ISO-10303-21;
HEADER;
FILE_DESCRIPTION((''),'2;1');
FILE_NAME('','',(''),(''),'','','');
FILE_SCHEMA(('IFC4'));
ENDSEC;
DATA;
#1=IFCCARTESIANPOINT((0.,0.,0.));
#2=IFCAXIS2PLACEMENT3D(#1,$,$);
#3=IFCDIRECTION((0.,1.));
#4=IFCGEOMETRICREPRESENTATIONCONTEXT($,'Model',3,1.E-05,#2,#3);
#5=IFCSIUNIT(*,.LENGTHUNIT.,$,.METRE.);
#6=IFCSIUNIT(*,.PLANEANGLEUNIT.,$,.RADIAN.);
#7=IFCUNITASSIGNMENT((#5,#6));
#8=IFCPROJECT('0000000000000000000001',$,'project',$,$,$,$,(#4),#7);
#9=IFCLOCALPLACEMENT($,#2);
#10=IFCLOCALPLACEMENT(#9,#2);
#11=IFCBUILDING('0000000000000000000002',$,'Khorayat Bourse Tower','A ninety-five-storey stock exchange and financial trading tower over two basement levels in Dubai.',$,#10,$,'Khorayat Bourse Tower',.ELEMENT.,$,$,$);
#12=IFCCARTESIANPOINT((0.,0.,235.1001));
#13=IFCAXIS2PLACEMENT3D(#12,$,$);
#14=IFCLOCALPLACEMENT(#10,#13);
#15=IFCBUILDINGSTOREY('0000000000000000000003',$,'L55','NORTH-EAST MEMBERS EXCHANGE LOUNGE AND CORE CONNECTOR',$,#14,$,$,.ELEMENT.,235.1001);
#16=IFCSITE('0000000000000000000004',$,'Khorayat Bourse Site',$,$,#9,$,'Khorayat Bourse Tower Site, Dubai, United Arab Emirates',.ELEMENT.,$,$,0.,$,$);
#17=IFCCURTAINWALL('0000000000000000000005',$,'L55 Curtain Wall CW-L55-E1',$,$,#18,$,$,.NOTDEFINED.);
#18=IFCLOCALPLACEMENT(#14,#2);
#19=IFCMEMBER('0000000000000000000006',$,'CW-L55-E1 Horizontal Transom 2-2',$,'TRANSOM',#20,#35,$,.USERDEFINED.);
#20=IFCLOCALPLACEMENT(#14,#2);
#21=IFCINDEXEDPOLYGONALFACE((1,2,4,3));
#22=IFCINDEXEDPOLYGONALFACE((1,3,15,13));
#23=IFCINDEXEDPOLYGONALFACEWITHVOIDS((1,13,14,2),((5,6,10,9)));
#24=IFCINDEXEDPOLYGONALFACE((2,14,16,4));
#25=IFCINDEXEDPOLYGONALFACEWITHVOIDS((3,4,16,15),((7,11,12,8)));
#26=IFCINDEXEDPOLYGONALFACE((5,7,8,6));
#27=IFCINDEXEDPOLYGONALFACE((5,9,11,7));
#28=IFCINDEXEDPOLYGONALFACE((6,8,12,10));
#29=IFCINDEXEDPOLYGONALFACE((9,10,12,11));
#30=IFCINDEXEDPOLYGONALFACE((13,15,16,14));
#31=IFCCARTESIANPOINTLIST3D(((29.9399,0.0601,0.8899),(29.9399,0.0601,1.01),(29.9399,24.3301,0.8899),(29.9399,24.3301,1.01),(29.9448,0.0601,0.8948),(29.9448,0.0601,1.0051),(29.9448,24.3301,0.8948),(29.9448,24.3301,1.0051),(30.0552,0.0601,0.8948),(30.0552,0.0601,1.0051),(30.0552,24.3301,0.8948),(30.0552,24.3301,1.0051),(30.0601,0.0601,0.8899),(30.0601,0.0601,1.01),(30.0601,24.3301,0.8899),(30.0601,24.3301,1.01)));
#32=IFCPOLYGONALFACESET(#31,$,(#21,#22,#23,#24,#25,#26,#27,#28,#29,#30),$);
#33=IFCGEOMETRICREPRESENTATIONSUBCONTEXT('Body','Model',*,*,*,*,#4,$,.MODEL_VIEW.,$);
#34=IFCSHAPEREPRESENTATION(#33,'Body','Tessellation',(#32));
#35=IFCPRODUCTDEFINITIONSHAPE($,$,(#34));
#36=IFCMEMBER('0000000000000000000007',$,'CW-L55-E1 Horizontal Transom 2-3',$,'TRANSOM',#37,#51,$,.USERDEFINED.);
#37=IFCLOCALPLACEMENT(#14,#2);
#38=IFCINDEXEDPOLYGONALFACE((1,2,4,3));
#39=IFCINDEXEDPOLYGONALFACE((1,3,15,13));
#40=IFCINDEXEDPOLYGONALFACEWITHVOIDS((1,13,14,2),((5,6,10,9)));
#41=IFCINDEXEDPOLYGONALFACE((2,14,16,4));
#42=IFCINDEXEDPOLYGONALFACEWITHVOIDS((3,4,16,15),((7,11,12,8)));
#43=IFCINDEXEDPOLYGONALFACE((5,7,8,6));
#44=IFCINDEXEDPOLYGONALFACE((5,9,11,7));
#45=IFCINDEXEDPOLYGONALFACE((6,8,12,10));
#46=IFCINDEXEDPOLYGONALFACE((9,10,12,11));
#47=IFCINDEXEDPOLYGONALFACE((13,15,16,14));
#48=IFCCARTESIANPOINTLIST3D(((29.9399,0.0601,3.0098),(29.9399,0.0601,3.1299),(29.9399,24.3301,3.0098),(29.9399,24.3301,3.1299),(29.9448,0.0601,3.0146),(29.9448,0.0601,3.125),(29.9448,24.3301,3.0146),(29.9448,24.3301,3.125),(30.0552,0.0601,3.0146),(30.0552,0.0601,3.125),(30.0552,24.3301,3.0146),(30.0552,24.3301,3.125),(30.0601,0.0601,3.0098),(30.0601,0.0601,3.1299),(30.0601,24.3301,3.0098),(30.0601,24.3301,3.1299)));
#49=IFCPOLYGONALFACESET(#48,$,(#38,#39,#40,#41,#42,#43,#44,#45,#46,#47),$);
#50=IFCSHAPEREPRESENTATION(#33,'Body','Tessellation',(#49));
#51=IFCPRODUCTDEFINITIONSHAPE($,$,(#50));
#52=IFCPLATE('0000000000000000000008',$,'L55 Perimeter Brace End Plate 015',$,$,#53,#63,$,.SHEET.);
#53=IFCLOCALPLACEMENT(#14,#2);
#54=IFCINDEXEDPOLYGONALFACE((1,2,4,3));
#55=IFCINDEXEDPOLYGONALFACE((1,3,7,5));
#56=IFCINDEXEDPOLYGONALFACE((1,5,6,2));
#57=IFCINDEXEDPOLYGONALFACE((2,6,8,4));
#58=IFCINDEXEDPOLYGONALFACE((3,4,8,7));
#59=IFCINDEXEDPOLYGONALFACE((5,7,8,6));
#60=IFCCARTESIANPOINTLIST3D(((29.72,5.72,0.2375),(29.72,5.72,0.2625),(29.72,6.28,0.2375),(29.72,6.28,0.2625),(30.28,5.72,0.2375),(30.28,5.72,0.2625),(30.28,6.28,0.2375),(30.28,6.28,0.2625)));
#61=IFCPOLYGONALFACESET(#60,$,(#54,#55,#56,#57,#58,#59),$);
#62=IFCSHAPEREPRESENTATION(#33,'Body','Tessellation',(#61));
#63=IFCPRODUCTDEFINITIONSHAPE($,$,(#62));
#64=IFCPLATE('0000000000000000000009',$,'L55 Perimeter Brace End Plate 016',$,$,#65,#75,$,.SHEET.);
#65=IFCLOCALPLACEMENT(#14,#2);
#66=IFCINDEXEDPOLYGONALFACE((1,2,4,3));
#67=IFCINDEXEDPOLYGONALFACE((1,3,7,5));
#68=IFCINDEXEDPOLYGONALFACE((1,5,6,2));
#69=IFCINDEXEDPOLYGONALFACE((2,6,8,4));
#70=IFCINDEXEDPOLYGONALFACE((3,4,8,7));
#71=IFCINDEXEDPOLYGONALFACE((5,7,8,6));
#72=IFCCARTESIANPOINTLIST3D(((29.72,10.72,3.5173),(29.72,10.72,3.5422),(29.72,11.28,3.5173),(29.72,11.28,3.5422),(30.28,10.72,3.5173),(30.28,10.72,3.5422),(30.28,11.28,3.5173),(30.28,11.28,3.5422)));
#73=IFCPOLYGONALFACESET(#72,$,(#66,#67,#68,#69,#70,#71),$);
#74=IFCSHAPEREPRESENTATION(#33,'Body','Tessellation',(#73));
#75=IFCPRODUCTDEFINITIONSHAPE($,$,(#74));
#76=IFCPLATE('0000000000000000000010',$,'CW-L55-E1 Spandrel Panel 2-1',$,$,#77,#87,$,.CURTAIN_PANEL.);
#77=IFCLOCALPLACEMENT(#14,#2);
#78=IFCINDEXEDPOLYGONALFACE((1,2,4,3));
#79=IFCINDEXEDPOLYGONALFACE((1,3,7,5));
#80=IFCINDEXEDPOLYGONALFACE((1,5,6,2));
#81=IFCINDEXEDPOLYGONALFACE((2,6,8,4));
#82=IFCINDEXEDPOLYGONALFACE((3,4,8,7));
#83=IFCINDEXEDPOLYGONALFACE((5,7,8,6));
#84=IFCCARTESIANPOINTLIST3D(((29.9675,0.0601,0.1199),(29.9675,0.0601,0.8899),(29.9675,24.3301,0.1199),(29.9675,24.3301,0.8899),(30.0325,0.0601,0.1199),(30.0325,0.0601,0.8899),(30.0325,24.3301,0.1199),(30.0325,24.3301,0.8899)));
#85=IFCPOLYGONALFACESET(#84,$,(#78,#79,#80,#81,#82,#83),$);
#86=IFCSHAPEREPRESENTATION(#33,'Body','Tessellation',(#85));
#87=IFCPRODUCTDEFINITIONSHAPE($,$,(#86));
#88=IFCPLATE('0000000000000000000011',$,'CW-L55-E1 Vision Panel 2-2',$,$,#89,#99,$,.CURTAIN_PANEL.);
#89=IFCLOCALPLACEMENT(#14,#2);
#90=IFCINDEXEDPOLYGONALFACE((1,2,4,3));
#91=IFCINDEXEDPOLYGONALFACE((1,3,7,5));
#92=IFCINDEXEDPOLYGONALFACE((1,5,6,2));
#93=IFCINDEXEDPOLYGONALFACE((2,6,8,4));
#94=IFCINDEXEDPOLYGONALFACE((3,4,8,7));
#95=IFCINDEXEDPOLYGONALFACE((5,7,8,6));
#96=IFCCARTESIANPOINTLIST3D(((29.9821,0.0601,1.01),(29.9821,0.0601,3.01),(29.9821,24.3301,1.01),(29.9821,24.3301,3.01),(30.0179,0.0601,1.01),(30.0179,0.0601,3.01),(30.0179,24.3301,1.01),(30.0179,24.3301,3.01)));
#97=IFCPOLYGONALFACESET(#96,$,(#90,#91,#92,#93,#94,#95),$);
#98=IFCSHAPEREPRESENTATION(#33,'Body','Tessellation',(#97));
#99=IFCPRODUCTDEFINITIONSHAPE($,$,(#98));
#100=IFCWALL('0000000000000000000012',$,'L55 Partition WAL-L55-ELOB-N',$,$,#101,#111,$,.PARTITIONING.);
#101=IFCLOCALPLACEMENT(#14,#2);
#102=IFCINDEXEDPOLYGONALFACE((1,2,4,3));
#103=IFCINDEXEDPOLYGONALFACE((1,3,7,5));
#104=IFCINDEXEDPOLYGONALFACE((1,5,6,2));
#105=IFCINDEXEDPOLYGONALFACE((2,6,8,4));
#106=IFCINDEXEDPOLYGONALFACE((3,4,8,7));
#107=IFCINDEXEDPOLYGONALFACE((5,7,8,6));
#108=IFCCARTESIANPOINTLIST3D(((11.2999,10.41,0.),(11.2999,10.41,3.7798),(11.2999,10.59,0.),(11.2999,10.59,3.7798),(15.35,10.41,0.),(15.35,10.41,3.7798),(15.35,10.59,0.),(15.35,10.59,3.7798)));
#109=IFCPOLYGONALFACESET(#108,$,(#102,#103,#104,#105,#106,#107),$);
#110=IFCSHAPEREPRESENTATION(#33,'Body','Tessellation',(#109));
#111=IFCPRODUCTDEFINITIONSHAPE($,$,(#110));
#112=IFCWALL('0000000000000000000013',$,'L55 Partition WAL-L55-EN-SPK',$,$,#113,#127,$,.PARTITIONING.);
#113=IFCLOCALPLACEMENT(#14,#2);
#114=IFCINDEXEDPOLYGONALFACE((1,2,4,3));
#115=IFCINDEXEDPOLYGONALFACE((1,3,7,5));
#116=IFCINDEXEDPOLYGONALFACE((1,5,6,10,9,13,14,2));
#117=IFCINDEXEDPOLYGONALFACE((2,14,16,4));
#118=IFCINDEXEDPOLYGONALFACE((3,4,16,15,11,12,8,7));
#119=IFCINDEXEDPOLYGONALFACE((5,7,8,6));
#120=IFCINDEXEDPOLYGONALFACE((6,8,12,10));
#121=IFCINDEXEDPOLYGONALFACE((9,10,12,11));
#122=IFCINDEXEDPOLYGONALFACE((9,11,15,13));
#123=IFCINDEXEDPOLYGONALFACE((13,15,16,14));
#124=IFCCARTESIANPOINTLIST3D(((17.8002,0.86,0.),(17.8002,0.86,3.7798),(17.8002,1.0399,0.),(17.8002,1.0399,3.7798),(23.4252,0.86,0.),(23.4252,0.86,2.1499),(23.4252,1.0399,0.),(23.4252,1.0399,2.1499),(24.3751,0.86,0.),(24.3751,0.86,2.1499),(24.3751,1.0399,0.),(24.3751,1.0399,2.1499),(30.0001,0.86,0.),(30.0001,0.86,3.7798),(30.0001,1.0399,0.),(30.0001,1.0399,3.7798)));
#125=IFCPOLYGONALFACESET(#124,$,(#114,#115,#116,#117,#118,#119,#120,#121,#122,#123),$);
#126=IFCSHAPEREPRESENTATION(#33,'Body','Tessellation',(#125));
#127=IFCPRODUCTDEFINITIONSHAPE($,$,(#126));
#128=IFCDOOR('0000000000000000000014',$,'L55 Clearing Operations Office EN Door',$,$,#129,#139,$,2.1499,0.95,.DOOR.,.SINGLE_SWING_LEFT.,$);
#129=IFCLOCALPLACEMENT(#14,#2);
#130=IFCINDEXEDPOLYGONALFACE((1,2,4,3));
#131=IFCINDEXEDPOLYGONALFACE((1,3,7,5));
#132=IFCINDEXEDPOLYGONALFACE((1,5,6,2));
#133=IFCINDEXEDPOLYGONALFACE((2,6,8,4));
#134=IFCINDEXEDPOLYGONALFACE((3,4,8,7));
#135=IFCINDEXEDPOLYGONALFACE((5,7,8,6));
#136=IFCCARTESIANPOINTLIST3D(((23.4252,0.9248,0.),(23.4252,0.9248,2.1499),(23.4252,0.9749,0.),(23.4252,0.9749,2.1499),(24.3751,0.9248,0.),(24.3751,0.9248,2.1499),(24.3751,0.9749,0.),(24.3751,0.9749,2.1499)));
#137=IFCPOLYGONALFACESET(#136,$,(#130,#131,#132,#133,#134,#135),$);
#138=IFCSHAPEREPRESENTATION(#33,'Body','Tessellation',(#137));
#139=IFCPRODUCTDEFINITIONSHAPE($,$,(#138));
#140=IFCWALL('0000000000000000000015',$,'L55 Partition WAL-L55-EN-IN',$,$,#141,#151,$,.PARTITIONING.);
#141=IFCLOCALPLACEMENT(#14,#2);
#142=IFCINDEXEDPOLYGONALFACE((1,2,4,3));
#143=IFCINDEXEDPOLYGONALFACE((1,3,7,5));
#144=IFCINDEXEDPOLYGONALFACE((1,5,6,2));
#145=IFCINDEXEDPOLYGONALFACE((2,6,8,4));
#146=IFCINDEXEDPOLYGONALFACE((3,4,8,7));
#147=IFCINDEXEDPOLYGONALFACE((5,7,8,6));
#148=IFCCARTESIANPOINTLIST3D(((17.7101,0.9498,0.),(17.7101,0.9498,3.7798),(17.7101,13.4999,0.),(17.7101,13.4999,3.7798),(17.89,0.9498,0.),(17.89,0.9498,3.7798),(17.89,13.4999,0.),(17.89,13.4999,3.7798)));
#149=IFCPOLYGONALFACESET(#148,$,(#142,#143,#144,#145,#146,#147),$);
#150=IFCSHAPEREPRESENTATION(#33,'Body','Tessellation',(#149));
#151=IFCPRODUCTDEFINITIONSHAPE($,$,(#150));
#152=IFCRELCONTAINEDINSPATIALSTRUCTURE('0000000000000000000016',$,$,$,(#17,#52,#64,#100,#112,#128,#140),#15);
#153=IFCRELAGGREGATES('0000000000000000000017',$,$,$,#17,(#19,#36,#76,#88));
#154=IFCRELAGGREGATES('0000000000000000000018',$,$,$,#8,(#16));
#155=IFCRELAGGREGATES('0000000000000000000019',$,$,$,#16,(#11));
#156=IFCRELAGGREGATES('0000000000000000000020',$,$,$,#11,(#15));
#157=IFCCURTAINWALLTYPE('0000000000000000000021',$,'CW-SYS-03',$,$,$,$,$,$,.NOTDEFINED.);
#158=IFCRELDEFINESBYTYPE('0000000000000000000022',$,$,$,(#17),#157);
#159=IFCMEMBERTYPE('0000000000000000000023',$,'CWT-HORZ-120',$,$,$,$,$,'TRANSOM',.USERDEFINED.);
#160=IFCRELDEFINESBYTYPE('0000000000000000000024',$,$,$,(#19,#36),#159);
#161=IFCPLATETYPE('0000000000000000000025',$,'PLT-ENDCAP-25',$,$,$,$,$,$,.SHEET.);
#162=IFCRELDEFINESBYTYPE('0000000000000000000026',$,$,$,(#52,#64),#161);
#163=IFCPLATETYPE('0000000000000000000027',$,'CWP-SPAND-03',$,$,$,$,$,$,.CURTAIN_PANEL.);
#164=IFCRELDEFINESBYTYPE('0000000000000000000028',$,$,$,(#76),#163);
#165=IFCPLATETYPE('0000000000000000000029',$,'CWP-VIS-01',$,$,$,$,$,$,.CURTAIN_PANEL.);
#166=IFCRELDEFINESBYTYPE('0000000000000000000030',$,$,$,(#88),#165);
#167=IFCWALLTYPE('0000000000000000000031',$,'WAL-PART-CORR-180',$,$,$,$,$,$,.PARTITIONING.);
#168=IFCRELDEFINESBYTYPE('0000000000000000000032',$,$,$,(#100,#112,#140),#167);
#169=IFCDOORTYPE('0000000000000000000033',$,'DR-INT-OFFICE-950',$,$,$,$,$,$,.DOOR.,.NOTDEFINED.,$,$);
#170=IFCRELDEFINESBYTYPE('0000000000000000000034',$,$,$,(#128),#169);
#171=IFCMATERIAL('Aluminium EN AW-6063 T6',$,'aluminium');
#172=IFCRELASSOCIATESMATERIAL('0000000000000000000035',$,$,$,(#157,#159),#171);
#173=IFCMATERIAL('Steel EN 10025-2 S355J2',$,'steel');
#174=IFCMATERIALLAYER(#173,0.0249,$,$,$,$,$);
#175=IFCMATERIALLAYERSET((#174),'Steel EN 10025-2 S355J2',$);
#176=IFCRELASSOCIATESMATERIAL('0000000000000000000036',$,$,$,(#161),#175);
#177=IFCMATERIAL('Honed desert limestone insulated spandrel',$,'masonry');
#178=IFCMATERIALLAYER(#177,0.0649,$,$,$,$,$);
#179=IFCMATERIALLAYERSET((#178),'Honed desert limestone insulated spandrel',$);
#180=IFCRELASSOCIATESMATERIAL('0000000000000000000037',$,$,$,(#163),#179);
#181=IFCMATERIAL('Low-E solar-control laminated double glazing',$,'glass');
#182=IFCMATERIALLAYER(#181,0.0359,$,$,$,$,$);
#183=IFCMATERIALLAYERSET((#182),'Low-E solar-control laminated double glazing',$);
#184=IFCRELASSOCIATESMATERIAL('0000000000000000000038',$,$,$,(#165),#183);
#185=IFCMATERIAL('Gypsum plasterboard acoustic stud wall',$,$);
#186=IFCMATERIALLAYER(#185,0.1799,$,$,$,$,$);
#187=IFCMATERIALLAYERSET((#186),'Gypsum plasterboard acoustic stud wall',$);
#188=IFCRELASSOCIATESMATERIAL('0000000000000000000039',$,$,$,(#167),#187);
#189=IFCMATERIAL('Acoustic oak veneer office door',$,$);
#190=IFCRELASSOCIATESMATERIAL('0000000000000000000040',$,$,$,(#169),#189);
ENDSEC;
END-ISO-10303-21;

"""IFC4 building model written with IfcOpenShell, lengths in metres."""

from ifc_helpers import new_model, si_unit, direction, frame, frame_2d, origin, origin_2d, place, context, subcontext, project, spatial, rectangle, hollow_rectangle, extrude, source, transform, mapped, material, layer, layer_set, material_profile, profile_set, type_object, element, fill, aggregate, save


model = new_model("IFC4")

# Units and contexts
model_context = context("Model", 3, precision=1e-05, world=origin(), true_north=direction((0.0, 1.0)))
body_context = subcontext(model_context, "Body", "Model", "MODEL_VIEW")
ifc_project = project(units=[si_unit("LENGTHUNIT", "METRE"), si_unit("PLANEANGLEUNIT", "RADIAN")], contexts=[model_context])

# Site, building, storey
site_placement = place(None, origin())
site = spatial("IfcSite", under=ifc_project, at=site_placement, Name="Khorayat Bourse Site", LongName="Khorayat Bourse Tower Site, Dubai, United Arab Emirates", CompositionType="ELEMENT", RefElevation=0.0)
building_placement = place(site_placement, origin())
building = spatial("IfcBuilding", under=site, at=building_placement, Name="Khorayat Bourse Tower", Description="A ninety-five-storey stock exchange and financial trading tower over two basement levels in Dubai.", LongName="Khorayat Bourse Tower", CompositionType="ELEMENT")
storey_placement = place(building_placement, frame((0.0, 0.0, 235.1001)))
storey = spatial("IfcBuildingStorey", under=building, at=storey_placement, Name="L55", Description="NORTH-EAST MEMBERS EXCHANGE LOUNGE AND CORE CONNECTOR", CompositionType="ELEMENT", Elevation=235.1001)

# Curtain wall, members
ifc_material_1 = material(Name="Aluminium EN AW-6063 T6", Category="aluminium")
curtain_wall_type = type_object("IfcCurtainWallType", Name="CW-SYS-03", PredefinedType="NOTDEFINED", material=ifc_material_1)
curtain_wall_placement = place(storey_placement, origin())
curtain_wall = element("IfcCurtainWall", 1, at=curtain_wall_placement, inside=storey, type_object=curtain_wall_type, Name="L55 Curtain Wall CW-L55-E1", PredefinedType="NOTDEFINED")
ifc_material_profile_1 = material_profile(ifc_material_1, hollow_rectangle(XDim=0.1201, YDim=0.1201, WallThickness=0.0049, at=origin_2d()), Name="ALU 120x120x5")
ifc_profile_set_1 = profile_set([ifc_material_profile_1], Name="Aluminium EN AW-6063 T6")
member_type_1 = type_object("IfcMemberType", Name="CWT-HORZ-120", ElementType="TRANSOM", PredefinedType="USERDEFINED", material=ifc_profile_set_1)
shared_shape_1 = source(origin(), body_context, "Body", "SweptSolid", [
    extrude(hollow_rectangle(XDim=0.1201, YDim=0.1201, WallThickness=0.0049, at=origin_2d()), origin(), (0.0, 0.0, 1.0), 24.27),
])
member_1_placement = place(storey_placement, frame((30.0, 0.0601, 0.95), z_axis=(0.0, 1.0, 0.0), x_axis=(-1.0, 0.0, 0.0)))
member_1 = element("IfcMember", 2, at=member_1_placement, type_object=member_type_1, Name="CW-L55-E1 Horizontal Transom 2-2", ObjectType="TRANSOM", PredefinedType="USERDEFINED", context=body_context, shape_type="MappedRepresentation", body=[
    mapped(shared_shape_1, transform((0.0, 0.0, 0.0), scale=1.0)),
])
member_2_placement = place(storey_placement, frame((30.0, 0.0601, 3.0698), z_axis=(0.0, 1.0, 0.0), x_axis=(-1.0, 0.0, 0.0)))
member_2 = element("IfcMember", 3, at=member_2_placement, type_object=member_type_1, Name="CW-L55-E1 Horizontal Transom 2-3", ObjectType="TRANSOM", PredefinedType="USERDEFINED", context=body_context, shape_type="MappedRepresentation", body=[
    mapped(shared_shape_1, transform((0.0, 0.0, 0.0), scale=1.0)),
])

# Plates
ifc_material_2 = material(Name="Steel EN 10025-2 S355J2", Category="steel")
ifc_layer_1 = layer(ifc_material_2, 0.0249)
ifc_layer_set_1 = layer_set([ifc_layer_1], Name="Steel EN 10025-2 S355J2")
plate_type_1 = type_object("IfcPlateType", Name="PLT-ENDCAP-25", PredefinedType="SHEET", material=ifc_layer_set_1)
shared_shape_2 = source(origin(), body_context, "Body", "SweptSolid", [
    extrude(rectangle(XDim=0.5601, YDim=0.5601, at=origin_2d()), origin(), (0.0, 0.0, 1.0), 0.0249),
])
for number, where, z_axis, x_axis, name in (
    (4, (30.0, 6.0, 0.2375), (0.0, 0.0, 1.0), (1.0, 0.0, 0.0), "L55 Perimeter Brace End Plate 015"),
    (5, (30.0, 11.0, 3.5173), (0.0, 0.0, 1.0), (1.0, 0.0, 0.0), "L55 Perimeter Brace End Plate 016"),
):
    element("IfcPlate", number, at=place(storey_placement, frame(where, z_axis=z_axis, x_axis=x_axis)), inside=storey, type_object=plate_type_1, Name=name, PredefinedType="SHEET", context=body_context, shape_type="MappedRepresentation", body=[
        mapped(shared_shape_2, transform((0.0, 0.0, 0.0), scale=1.0)),
    ])

# Plates
ifc_material_3 = material(Name="Honed desert limestone insulated spandrel", Category="masonry")
ifc_layer_2 = layer(ifc_material_3, 0.0649)
ifc_layer_set_2 = layer_set([ifc_layer_2], Name="Honed desert limestone insulated spandrel")
plate_type_2 = type_object("IfcPlateType", Name="CWP-SPAND-03", PredefinedType="CURTAIN_PANEL", material=ifc_layer_set_2)
shared_shape_3 = source(origin(), body_context, "Body", "SweptSolid", [
    extrude(rectangle(XDim=24.27, YDim=0.0649, at=origin_2d()), origin(), (0.0, 0.0, 1.0), 0.77),
])
plate_1_placement = place(storey_placement, frame((30.0, 12.1951, 0.1199), z_axis=(0.0, 0.0, 1.0), x_axis=(0.0, 1.0, 0.0)))
plate_1 = element("IfcPlate", 6, at=plate_1_placement, type_object=plate_type_2, Name="CW-L55-E1 Spandrel Panel 2-1", PredefinedType="CURTAIN_PANEL", context=body_context, shape_type="MappedRepresentation", body=[
    mapped(shared_shape_3, transform((0.0, 0.0, 0.0), scale=1.0)),
])
ifc_material_4 = material(Name="Low-E solar-control laminated double glazing", Category="glass")
ifc_layer_3 = layer(ifc_material_4, 0.0359)
ifc_layer_set_3 = layer_set([ifc_layer_3], Name="Low-E solar-control laminated double glazing")
plate_type_3 = type_object("IfcPlateType", Name="CWP-VIS-01", PredefinedType="CURTAIN_PANEL", material=ifc_layer_set_3)
shared_shape_4 = source(origin(), body_context, "Body", "SweptSolid", [
    extrude(rectangle(XDim=24.27, YDim=0.0359, at=origin_2d()), origin(), (0.0, 0.0, 1.0), 2.0),
])
plate_2_placement = place(storey_placement, frame((30.0, 12.1951, 1.01), z_axis=(0.0, 0.0, 1.0), x_axis=(0.0, 1.0, 0.0)))
plate_2 = element("IfcPlate", 7, at=plate_2_placement, type_object=plate_type_3, Name="CW-L55-E1 Vision Panel 2-2", PredefinedType="CURTAIN_PANEL", context=body_context, shape_type="MappedRepresentation", body=[
    mapped(shared_shape_4, transform((0.0, 0.0, 0.0), scale=1.0)),
])
aggregate(curtain_wall, [member_1, member_2, plate_1, plate_2])

# Wall
ifc_material_5 = material(Name="Gypsum plasterboard acoustic stud wall")
ifc_layer_4 = layer(ifc_material_5, 0.1799)
ifc_layer_set_4 = layer_set([ifc_layer_4], Name="Gypsum plasterboard acoustic stud wall")
wall_type = type_object("IfcWallType", Name="WAL-PART-CORR-180", PredefinedType="PARTITIONING", material=ifc_layer_set_4)
shared_shape_5 = source(origin(), body_context, "Body", "SweptSolid", [
    extrude(rectangle(XDim=4.05, YDim=0.1799, at=frame_2d((2.0249, 0.0))), origin(), (0.0, 0.0, 1.0), 3.7798),
])
wall_1_placement = place(storey_placement, frame((11.3, 10.5, 0.0), z_axis=(0.0, 0.0, 1.0), x_axis=(1.0, 0.0, 0.0)))
element("IfcWall", 8, at=wall_1_placement, inside=storey, type_object=wall_type, Name="L55 Partition WAL-L55-ELOB-N", PredefinedType="PARTITIONING", context=body_context, shape_type="MappedRepresentation", body=[
    mapped(shared_shape_5, transform((0.0, 0.0, 0.0), scale=1.0)),
])

# Wall, opening, door
shared_shape_6 = source(origin(), body_context, "Body", "SweptSolid", [
    extrude(rectangle(XDim=12.2, YDim=0.1799, at=frame_2d((6.1001, 0.0))), origin(), (0.0, 0.0, 1.0), 3.7798),
])
wall_2_placement = place(storey_placement, frame((17.8, 0.95, 0.0), z_axis=(0.0, 0.0, 1.0), x_axis=(1.0, 0.0, 0.0)))
wall_2 = element("IfcWall", 9, at=wall_2_placement, inside=storey, type_object=wall_type, Name="L55 Partition WAL-L55-EN-SPK", PredefinedType="PARTITIONING", context=body_context, shape_type="MappedRepresentation", body=[
    mapped(shared_shape_6, transform((0.0, 0.0, 0.0), scale=1.0)),
])
shared_shape_7 = source(origin(), body_context, "Body", "SweptSolid", [
    extrude(rectangle(XDim=0.95, YDim=2.1499, at=frame_2d((0.4751, 1.075))), frame((0.0, 0.0999, 0.0), z_axis=(0.0, -1.0, 0.0), x_axis=(1.0, 0.0, 0.0)), (0.0, 0.0, 1.0), 0.2),
])
opening_placement = place(wall_2_placement, frame((5.625, 0.0, 0.0)))
opening = element("IfcOpeningElement", 10, at=opening_placement, cuts=wall_2, PredefinedType="OPENING", context=body_context, shape_type="MappedRepresentation", body=[
    mapped(shared_shape_7, transform((0.0, 0.0, 0.0), scale=1.0)),
])
ifc_material_6 = material(Name="Acoustic oak veneer office door")
door_type = type_object("IfcDoorType", Name="DR-INT-OFFICE-950", OperationType="NOTDEFINED", PredefinedType="DOOR", material=ifc_material_6)
shared_shape_8 = source(origin(), body_context, "Body", "SweptSolid", [
    extrude(rectangle(XDim=0.95, YDim=2.1499, at=frame_2d((0.4751, 1.075))), frame((0.0, 0.0249, 0.0), z_axis=(0.0, -1.0, 0.0), x_axis=(1.0, 0.0, 0.0)), (0.0, 0.0, 1.0), 0.05),
])
door_placement = place(opening_placement, origin())
door = element("IfcDoor", 11, at=door_placement, inside=storey, type_object=door_type, Name="L55 Clearing Operations Office EN Door", OperationType="SINGLE_SWING_LEFT", OverallHeight=2.1499, OverallWidth=0.95, PredefinedType="DOOR", context=body_context, shape_type="MappedRepresentation", body=[
    mapped(shared_shape_8, transform((0.0, 0.0, 0.0), scale=1.0)),
])
fill(opening, door)

# Wall
shared_shape_9 = source(origin(), body_context, "Body", "SweptSolid", [
    extrude(rectangle(XDim=12.55, YDim=0.1799, at=frame_2d((6.2749, 0.0))), origin(), (0.0, 0.0, 1.0), 3.7798),
])
wall_3_placement = place(storey_placement, frame((17.8, 0.95, 0.0), z_axis=(0.0, 0.0, 1.0), x_axis=(0.0, 1.0, 0.0)))
element("IfcWall", 12, at=wall_3_placement, inside=storey, type_object=wall_type, Name="L55 Partition WAL-L55-EN-IN", PredefinedType="PARTITIONING", context=body_context, shape_type="MappedRepresentation", body=[
    mapped(shared_shape_9, transform((0.0, 0.0, 0.0), scale=1.0)),
])

save(model, "model.ifc")
